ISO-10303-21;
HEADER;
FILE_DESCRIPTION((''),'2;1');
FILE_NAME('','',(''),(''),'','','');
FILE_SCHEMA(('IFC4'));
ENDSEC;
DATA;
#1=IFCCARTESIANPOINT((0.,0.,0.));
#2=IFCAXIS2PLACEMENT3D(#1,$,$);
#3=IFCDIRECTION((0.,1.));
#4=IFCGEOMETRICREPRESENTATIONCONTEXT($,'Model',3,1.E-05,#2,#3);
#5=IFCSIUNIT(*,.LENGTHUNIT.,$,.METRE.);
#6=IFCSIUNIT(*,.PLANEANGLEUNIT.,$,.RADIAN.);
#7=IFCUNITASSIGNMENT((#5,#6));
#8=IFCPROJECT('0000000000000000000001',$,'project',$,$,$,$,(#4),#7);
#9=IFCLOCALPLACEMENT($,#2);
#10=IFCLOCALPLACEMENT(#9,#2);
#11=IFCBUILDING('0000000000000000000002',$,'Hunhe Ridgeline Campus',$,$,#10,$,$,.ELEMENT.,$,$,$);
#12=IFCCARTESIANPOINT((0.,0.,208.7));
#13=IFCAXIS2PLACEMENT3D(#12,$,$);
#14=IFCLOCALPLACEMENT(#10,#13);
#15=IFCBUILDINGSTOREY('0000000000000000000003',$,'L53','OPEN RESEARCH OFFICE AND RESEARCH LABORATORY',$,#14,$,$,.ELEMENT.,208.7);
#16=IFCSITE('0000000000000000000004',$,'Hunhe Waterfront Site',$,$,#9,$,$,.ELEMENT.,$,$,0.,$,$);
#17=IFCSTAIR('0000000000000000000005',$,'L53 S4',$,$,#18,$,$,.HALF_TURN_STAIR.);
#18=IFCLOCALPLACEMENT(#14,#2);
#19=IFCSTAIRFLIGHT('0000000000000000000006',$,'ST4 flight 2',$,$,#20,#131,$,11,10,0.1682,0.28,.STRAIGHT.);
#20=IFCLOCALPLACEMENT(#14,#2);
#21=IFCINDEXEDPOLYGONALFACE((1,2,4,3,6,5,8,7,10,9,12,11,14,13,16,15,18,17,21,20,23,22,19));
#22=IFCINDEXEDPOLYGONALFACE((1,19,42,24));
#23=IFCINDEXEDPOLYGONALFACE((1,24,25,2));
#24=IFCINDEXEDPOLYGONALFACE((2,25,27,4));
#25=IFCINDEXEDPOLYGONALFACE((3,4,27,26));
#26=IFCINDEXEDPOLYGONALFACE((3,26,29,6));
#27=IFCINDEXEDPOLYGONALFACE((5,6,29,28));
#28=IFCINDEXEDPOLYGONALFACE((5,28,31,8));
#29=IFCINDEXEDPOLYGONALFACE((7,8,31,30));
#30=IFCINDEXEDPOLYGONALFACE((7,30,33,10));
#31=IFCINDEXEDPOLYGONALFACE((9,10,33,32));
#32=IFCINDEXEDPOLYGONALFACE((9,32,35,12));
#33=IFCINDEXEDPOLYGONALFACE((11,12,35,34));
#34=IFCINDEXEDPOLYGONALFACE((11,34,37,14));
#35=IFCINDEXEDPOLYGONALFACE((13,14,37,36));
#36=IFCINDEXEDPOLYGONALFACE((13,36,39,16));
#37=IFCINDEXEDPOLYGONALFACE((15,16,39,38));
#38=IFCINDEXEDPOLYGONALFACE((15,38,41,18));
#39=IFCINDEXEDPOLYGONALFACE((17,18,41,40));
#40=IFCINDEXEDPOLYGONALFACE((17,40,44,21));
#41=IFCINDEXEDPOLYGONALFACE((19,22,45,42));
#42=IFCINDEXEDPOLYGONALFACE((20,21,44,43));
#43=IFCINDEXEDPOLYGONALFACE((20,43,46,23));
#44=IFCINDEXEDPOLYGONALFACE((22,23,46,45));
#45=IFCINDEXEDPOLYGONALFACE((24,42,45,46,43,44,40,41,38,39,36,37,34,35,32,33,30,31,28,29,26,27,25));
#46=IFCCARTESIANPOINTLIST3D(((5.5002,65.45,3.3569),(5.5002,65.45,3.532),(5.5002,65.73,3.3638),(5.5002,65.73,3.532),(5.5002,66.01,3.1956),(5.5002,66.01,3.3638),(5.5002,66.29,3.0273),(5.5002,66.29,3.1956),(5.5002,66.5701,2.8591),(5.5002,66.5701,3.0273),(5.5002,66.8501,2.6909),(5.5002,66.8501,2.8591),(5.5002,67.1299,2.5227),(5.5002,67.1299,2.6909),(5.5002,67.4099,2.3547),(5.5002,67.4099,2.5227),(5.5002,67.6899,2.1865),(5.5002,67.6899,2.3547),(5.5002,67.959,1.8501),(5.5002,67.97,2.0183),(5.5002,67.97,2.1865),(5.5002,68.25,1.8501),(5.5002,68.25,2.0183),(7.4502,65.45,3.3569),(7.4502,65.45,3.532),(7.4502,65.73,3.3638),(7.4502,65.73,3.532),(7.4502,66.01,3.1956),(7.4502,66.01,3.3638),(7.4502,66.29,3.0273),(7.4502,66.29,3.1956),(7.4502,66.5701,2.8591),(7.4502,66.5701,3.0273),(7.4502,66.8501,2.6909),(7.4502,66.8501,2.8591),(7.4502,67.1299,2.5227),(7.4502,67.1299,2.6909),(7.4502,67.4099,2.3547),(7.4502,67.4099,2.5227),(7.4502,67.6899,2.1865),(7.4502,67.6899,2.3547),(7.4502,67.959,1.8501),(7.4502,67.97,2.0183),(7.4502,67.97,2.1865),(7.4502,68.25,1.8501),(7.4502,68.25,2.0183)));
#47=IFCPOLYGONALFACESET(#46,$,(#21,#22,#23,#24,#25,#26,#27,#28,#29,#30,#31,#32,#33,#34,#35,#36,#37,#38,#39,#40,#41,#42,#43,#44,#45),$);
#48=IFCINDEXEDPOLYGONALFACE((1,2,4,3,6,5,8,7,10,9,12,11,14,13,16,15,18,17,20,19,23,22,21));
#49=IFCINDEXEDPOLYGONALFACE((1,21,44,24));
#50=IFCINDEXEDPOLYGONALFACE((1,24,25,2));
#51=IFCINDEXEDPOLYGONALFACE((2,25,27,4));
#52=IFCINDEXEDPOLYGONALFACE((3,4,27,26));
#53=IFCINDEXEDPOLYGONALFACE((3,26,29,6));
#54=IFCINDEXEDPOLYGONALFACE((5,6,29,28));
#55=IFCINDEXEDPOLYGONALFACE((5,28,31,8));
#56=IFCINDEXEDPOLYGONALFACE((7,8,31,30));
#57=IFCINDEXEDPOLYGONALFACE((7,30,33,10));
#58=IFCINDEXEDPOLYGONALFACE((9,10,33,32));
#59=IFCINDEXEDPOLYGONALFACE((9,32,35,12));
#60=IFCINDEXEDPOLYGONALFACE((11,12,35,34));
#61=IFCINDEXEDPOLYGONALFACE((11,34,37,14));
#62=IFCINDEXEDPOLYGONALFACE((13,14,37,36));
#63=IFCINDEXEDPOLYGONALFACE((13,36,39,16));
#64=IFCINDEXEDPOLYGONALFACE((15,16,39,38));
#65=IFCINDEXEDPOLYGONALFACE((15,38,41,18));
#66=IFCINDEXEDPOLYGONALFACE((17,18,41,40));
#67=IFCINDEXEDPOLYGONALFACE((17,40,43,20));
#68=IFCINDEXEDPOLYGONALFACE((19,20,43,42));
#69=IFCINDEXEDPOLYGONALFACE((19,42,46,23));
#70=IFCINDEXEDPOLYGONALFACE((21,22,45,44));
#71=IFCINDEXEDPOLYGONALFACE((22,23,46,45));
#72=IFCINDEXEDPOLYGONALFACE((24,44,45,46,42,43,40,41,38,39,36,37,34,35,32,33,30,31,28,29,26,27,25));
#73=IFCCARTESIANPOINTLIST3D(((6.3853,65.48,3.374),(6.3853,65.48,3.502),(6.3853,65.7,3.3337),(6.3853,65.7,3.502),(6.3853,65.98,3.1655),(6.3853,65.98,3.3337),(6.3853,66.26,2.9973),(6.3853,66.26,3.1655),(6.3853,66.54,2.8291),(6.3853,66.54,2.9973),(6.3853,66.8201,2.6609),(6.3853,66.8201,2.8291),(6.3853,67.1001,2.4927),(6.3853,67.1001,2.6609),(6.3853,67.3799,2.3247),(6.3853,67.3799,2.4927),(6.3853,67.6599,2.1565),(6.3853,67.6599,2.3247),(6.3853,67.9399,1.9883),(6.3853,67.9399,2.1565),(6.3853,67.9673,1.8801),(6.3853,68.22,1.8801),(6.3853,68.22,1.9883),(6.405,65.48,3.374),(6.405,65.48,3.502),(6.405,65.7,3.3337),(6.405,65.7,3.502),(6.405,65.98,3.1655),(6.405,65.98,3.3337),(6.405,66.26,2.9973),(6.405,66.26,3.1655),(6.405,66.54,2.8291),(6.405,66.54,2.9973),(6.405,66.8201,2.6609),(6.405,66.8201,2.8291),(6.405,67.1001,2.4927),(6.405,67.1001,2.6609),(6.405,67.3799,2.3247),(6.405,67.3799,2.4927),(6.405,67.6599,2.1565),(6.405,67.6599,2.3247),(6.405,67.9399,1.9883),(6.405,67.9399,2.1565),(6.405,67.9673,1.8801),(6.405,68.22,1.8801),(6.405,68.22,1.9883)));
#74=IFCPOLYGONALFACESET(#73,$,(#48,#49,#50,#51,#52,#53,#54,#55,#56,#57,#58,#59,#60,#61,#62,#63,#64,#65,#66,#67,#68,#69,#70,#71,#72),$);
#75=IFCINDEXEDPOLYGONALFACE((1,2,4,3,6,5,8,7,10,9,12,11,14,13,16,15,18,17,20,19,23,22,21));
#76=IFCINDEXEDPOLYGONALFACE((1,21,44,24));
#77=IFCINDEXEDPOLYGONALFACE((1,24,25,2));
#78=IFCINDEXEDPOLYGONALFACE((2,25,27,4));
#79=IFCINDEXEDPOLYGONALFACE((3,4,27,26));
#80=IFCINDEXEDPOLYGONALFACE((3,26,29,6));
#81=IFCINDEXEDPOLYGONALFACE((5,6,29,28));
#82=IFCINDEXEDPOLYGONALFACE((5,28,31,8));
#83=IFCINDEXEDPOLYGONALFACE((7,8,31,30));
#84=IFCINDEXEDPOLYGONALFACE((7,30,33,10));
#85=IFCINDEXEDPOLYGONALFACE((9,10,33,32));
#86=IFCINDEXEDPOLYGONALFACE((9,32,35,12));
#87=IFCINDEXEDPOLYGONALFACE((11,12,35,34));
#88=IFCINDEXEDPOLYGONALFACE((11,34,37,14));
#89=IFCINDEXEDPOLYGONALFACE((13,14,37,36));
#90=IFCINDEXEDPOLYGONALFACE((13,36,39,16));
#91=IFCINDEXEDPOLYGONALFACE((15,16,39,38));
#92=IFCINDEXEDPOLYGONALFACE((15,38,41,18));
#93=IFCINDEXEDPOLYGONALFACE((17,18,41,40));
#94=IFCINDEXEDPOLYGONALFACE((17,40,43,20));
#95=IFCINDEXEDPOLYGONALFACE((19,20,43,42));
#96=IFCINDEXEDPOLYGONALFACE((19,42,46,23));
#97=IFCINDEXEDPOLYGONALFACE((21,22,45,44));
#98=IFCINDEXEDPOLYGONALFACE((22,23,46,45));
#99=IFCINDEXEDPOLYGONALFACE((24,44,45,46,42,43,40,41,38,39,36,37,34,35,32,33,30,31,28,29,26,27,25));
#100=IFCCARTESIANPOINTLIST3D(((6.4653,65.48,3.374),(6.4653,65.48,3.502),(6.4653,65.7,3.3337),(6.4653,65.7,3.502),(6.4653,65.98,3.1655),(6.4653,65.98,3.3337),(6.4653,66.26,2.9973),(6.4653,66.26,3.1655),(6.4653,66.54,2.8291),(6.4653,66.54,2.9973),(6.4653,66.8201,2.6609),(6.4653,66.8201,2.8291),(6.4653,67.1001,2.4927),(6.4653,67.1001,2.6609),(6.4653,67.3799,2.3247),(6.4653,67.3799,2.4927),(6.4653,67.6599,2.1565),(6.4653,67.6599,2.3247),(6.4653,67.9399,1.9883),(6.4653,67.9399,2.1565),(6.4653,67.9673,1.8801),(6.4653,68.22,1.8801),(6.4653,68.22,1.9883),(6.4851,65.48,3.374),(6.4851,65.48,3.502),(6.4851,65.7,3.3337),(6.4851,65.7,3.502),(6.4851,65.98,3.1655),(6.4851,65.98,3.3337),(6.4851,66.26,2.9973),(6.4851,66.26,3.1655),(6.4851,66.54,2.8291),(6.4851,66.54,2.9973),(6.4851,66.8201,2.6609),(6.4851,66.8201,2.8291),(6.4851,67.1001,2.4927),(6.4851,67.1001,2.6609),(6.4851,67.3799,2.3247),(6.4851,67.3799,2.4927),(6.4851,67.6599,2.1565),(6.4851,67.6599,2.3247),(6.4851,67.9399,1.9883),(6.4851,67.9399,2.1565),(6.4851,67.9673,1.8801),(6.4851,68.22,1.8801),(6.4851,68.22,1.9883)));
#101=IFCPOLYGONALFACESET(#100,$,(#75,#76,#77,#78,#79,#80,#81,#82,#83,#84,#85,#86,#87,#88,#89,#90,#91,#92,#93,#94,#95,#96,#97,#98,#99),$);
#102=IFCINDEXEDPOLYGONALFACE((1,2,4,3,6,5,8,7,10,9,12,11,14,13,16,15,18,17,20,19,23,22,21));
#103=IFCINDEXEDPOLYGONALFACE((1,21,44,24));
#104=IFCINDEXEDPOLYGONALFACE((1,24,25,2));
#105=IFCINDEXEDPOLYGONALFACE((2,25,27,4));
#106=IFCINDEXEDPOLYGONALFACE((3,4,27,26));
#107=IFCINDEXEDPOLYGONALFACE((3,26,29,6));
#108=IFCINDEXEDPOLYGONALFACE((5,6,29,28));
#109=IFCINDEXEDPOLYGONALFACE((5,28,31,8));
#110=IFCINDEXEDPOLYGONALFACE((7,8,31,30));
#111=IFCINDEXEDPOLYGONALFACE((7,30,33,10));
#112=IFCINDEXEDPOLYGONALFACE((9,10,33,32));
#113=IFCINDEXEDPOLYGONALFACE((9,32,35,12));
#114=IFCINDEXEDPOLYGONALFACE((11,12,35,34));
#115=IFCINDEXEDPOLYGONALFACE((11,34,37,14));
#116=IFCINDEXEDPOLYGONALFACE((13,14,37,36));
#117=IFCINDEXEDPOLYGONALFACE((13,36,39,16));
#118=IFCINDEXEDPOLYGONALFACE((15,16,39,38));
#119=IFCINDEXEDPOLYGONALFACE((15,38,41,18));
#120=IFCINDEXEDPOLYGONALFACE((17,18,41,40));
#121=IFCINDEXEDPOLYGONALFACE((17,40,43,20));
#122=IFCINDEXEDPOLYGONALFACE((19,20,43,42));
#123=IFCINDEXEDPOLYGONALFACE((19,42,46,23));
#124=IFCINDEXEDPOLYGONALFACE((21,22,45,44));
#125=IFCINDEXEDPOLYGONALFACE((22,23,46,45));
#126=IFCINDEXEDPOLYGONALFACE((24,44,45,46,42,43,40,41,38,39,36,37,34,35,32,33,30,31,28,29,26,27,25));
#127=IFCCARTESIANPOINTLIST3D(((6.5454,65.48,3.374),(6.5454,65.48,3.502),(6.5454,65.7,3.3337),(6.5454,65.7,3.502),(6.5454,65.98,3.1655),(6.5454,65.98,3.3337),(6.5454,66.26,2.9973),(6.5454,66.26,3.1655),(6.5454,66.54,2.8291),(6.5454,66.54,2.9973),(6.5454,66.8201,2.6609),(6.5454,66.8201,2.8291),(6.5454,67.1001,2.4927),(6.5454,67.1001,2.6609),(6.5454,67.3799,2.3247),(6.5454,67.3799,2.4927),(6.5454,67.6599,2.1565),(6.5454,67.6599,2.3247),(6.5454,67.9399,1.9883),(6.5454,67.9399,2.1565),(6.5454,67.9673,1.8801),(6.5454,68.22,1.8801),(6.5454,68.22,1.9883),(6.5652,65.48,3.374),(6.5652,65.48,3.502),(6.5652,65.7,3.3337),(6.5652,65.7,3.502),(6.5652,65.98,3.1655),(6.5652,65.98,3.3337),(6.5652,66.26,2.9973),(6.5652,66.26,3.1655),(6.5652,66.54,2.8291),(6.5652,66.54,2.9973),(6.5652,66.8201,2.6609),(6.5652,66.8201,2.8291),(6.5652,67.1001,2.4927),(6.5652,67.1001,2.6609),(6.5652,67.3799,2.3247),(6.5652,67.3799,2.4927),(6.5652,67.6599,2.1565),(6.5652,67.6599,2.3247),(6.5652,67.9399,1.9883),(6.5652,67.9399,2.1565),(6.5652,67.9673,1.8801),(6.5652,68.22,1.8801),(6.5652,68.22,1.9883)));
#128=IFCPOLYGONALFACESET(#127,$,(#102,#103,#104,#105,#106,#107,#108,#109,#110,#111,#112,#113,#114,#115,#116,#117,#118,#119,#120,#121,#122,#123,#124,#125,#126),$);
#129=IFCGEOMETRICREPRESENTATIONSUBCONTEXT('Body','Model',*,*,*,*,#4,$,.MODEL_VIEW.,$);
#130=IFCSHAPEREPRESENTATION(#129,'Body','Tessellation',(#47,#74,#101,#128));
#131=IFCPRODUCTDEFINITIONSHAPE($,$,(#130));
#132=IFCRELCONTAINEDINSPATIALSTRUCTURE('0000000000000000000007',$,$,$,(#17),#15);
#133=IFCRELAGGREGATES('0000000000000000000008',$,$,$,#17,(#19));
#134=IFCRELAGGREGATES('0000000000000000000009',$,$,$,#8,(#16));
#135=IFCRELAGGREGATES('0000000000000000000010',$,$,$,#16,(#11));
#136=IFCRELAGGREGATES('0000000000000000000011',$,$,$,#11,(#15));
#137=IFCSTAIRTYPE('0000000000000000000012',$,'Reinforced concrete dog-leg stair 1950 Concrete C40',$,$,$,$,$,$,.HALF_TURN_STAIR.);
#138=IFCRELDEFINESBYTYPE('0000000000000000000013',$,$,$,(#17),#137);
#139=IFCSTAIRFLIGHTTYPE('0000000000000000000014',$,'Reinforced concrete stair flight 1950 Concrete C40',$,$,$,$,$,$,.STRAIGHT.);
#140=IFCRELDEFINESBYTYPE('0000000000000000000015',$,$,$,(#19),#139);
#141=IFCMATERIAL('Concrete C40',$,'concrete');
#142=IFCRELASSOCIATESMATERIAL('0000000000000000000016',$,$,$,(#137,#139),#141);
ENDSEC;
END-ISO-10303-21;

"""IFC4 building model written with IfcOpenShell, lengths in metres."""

from ifc_helpers import new_model, si_unit, direction, frame, origin, place, context, subcontext, project, spatial, polyline, outline, extrude, material, type_object, element, aggregate, save


model = new_model("IFC4")

# Units and contexts
model_context = context("Model", 3, precision=1e-05, world=origin(), true_north=direction((0.0, 1.0)))
body_context = subcontext(model_context, "Body", "Model", "MODEL_VIEW")
ifc_project = project(units=[si_unit("LENGTHUNIT", "METRE"), si_unit("PLANEANGLEUNIT", "RADIAN")], contexts=[model_context])

# Site, building, storey
site_placement = place(None, origin())
site = spatial("IfcSite", under=ifc_project, at=site_placement, Name="Hunhe Waterfront Site", CompositionType="ELEMENT", RefElevation=0.0)
building_placement = place(site_placement, origin())
building = spatial("IfcBuilding", under=site, at=building_placement, Name="Hunhe Ridgeline Campus", CompositionType="ELEMENT")
storey_placement = place(building_placement, frame((0.0, 0.0, 208.7)))
storey = spatial("IfcBuildingStorey", under=building, at=storey_placement, Name="L53", Description="OPEN RESEARCH OFFICE AND RESEARCH LABORATORY", CompositionType="ELEMENT", Elevation=208.7)

# Stair, stair flight
ifc_material_1 = material(Name="Concrete C40", Category="concrete")
stair_type = type_object("IfcStairType", Name="Reinforced concrete dog-leg stair 1950 Concrete C40", PredefinedType="HALF_TURN_STAIR", material=ifc_material_1)
stair_placement = place(storey_placement, origin())
stair = element("IfcStair", 1, at=stair_placement, inside=storey, type_object=stair_type, Name="L53 S4", PredefinedType="HALF_TURN_STAIR")
stair_flight_type = type_object("IfcStairFlightType", Name="Reinforced concrete stair flight 1950 Concrete C40", PredefinedType="STRAIGHT", material=ifc_material_1)
stair_flight_placement = place(storey_placement, frame((6.4751, 68.25, 1.8501), z_axis=(0.0, 0.0, 1.0), x_axis=(0.0, -1.0, 0.0)))
stair_flight = element("IfcStairFlight", 2, at=stair_flight_placement, type_object=stair_flight_type, Name="ST4 flight 2", NumberOfRisers=11, NumberOfTreads=10, PredefinedType="STRAIGHT", RiserHeight=0.1682, TreadLength=0.28, context=body_context, shape_type="SweptSolid", body=[
    extrude(outline(polyline([(0.0, 0.0), (0.0, 0.1682), (0.28, 0.1682), (0.28, 0.3364), (0.5601, 0.3364), (0.5601, 0.5046), (0.8401, 0.5046), (0.8401, 0.6726), (1.1201, 0.6726), (1.1201, 0.8408), (1.3999, 0.8408), (1.3999, 1.009), (1.6799, 1.009), (1.6799, 1.1772), (1.96, 1.1772), (1.96, 1.3455), (2.24, 1.3455), (2.24, 1.5137), (2.52, 1.5137), (2.52, 1.6819), (2.8, 1.6819), (2.8, 1.8501), (2.8, 1.5068), (0.291, 0.0), (0.0, 0.0)])), frame((0.0, 0.9751, 0.0), z_axis=(0.0, -1.0, 0.0), x_axis=(1.0, 0.0, 0.0)), (0.0, 0.0, 1.0), 1.95),
    extrude(outline(polyline([(0.03, 0.03), (0.03, 0.1382), (0.3101, 0.1382), (0.3101, 0.3064), (0.5901, 0.3064), (0.5901, 0.4746), (0.8701, 0.4746), (0.8701, 0.6426), (1.1499, 0.6426), (1.1499, 0.8108), (1.4299, 0.8108), (1.4299, 0.979), (1.71, 0.979), (1.71, 1.1472), (1.99, 1.1472), (1.99, 1.3154), (2.27, 1.3154), (2.27, 1.4836), (2.55, 1.4836), (2.55, 1.6519), (2.77, 1.6519), (2.77, 1.5239), (0.2827, 0.03), (0.03, 0.03)])), frame((0.0, -0.0701, 0.0), z_axis=(0.0, -1.0, 0.0), x_axis=(1.0, 0.0, 0.0)), (0.0, 0.0, 1.0), 0.0198),
    extrude(outline(polyline([(0.03, 0.03), (0.03, 0.1382), (0.3101, 0.1382), (0.3101, 0.3064), (0.5901, 0.3064), (0.5901, 0.4746), (0.8701, 0.4746), (0.8701, 0.6426), (1.1499, 0.6426), (1.1499, 0.8108), (1.4299, 0.8108), (1.4299, 0.979), (1.71, 0.979), (1.71, 1.1472), (1.99, 1.1472), (1.99, 1.3154), (2.27, 1.3154), (2.27, 1.4836), (2.55, 1.4836), (2.55, 1.6519), (2.77, 1.6519), (2.77, 1.5239), (0.2827, 0.03), (0.03, 0.03)])), frame((0.0, 0.01, 0.0), z_axis=(0.0, -1.0, 0.0), x_axis=(1.0, 0.0, 0.0)), (0.0, 0.0, 1.0), 0.0198),
    extrude(outline(polyline([(0.03, 0.03), (0.03, 0.1382), (0.3101, 0.1382), (0.3101, 0.3064), (0.5901, 0.3064), (0.5901, 0.4746), (0.8701, 0.4746), (0.8701, 0.6426), (1.1499, 0.6426), (1.1499, 0.8108), (1.4299, 0.8108), (1.4299, 0.979), (1.71, 0.979), (1.71, 1.1472), (1.99, 1.1472), (1.99, 1.3154), (2.27, 1.3154), (2.27, 1.4836), (2.55, 1.4836), (2.55, 1.6519), (2.77, 1.6519), (2.77, 1.5239), (0.2827, 0.03), (0.03, 0.03)])), frame((0.0, 0.0901, 0.0), z_axis=(0.0, -1.0, 0.0), x_axis=(1.0, 0.0, 0.0)), (0.0, 0.0, 1.0), 0.0198),
])
aggregate(stair, [stair_flight])

save(model, "model.ifc")
